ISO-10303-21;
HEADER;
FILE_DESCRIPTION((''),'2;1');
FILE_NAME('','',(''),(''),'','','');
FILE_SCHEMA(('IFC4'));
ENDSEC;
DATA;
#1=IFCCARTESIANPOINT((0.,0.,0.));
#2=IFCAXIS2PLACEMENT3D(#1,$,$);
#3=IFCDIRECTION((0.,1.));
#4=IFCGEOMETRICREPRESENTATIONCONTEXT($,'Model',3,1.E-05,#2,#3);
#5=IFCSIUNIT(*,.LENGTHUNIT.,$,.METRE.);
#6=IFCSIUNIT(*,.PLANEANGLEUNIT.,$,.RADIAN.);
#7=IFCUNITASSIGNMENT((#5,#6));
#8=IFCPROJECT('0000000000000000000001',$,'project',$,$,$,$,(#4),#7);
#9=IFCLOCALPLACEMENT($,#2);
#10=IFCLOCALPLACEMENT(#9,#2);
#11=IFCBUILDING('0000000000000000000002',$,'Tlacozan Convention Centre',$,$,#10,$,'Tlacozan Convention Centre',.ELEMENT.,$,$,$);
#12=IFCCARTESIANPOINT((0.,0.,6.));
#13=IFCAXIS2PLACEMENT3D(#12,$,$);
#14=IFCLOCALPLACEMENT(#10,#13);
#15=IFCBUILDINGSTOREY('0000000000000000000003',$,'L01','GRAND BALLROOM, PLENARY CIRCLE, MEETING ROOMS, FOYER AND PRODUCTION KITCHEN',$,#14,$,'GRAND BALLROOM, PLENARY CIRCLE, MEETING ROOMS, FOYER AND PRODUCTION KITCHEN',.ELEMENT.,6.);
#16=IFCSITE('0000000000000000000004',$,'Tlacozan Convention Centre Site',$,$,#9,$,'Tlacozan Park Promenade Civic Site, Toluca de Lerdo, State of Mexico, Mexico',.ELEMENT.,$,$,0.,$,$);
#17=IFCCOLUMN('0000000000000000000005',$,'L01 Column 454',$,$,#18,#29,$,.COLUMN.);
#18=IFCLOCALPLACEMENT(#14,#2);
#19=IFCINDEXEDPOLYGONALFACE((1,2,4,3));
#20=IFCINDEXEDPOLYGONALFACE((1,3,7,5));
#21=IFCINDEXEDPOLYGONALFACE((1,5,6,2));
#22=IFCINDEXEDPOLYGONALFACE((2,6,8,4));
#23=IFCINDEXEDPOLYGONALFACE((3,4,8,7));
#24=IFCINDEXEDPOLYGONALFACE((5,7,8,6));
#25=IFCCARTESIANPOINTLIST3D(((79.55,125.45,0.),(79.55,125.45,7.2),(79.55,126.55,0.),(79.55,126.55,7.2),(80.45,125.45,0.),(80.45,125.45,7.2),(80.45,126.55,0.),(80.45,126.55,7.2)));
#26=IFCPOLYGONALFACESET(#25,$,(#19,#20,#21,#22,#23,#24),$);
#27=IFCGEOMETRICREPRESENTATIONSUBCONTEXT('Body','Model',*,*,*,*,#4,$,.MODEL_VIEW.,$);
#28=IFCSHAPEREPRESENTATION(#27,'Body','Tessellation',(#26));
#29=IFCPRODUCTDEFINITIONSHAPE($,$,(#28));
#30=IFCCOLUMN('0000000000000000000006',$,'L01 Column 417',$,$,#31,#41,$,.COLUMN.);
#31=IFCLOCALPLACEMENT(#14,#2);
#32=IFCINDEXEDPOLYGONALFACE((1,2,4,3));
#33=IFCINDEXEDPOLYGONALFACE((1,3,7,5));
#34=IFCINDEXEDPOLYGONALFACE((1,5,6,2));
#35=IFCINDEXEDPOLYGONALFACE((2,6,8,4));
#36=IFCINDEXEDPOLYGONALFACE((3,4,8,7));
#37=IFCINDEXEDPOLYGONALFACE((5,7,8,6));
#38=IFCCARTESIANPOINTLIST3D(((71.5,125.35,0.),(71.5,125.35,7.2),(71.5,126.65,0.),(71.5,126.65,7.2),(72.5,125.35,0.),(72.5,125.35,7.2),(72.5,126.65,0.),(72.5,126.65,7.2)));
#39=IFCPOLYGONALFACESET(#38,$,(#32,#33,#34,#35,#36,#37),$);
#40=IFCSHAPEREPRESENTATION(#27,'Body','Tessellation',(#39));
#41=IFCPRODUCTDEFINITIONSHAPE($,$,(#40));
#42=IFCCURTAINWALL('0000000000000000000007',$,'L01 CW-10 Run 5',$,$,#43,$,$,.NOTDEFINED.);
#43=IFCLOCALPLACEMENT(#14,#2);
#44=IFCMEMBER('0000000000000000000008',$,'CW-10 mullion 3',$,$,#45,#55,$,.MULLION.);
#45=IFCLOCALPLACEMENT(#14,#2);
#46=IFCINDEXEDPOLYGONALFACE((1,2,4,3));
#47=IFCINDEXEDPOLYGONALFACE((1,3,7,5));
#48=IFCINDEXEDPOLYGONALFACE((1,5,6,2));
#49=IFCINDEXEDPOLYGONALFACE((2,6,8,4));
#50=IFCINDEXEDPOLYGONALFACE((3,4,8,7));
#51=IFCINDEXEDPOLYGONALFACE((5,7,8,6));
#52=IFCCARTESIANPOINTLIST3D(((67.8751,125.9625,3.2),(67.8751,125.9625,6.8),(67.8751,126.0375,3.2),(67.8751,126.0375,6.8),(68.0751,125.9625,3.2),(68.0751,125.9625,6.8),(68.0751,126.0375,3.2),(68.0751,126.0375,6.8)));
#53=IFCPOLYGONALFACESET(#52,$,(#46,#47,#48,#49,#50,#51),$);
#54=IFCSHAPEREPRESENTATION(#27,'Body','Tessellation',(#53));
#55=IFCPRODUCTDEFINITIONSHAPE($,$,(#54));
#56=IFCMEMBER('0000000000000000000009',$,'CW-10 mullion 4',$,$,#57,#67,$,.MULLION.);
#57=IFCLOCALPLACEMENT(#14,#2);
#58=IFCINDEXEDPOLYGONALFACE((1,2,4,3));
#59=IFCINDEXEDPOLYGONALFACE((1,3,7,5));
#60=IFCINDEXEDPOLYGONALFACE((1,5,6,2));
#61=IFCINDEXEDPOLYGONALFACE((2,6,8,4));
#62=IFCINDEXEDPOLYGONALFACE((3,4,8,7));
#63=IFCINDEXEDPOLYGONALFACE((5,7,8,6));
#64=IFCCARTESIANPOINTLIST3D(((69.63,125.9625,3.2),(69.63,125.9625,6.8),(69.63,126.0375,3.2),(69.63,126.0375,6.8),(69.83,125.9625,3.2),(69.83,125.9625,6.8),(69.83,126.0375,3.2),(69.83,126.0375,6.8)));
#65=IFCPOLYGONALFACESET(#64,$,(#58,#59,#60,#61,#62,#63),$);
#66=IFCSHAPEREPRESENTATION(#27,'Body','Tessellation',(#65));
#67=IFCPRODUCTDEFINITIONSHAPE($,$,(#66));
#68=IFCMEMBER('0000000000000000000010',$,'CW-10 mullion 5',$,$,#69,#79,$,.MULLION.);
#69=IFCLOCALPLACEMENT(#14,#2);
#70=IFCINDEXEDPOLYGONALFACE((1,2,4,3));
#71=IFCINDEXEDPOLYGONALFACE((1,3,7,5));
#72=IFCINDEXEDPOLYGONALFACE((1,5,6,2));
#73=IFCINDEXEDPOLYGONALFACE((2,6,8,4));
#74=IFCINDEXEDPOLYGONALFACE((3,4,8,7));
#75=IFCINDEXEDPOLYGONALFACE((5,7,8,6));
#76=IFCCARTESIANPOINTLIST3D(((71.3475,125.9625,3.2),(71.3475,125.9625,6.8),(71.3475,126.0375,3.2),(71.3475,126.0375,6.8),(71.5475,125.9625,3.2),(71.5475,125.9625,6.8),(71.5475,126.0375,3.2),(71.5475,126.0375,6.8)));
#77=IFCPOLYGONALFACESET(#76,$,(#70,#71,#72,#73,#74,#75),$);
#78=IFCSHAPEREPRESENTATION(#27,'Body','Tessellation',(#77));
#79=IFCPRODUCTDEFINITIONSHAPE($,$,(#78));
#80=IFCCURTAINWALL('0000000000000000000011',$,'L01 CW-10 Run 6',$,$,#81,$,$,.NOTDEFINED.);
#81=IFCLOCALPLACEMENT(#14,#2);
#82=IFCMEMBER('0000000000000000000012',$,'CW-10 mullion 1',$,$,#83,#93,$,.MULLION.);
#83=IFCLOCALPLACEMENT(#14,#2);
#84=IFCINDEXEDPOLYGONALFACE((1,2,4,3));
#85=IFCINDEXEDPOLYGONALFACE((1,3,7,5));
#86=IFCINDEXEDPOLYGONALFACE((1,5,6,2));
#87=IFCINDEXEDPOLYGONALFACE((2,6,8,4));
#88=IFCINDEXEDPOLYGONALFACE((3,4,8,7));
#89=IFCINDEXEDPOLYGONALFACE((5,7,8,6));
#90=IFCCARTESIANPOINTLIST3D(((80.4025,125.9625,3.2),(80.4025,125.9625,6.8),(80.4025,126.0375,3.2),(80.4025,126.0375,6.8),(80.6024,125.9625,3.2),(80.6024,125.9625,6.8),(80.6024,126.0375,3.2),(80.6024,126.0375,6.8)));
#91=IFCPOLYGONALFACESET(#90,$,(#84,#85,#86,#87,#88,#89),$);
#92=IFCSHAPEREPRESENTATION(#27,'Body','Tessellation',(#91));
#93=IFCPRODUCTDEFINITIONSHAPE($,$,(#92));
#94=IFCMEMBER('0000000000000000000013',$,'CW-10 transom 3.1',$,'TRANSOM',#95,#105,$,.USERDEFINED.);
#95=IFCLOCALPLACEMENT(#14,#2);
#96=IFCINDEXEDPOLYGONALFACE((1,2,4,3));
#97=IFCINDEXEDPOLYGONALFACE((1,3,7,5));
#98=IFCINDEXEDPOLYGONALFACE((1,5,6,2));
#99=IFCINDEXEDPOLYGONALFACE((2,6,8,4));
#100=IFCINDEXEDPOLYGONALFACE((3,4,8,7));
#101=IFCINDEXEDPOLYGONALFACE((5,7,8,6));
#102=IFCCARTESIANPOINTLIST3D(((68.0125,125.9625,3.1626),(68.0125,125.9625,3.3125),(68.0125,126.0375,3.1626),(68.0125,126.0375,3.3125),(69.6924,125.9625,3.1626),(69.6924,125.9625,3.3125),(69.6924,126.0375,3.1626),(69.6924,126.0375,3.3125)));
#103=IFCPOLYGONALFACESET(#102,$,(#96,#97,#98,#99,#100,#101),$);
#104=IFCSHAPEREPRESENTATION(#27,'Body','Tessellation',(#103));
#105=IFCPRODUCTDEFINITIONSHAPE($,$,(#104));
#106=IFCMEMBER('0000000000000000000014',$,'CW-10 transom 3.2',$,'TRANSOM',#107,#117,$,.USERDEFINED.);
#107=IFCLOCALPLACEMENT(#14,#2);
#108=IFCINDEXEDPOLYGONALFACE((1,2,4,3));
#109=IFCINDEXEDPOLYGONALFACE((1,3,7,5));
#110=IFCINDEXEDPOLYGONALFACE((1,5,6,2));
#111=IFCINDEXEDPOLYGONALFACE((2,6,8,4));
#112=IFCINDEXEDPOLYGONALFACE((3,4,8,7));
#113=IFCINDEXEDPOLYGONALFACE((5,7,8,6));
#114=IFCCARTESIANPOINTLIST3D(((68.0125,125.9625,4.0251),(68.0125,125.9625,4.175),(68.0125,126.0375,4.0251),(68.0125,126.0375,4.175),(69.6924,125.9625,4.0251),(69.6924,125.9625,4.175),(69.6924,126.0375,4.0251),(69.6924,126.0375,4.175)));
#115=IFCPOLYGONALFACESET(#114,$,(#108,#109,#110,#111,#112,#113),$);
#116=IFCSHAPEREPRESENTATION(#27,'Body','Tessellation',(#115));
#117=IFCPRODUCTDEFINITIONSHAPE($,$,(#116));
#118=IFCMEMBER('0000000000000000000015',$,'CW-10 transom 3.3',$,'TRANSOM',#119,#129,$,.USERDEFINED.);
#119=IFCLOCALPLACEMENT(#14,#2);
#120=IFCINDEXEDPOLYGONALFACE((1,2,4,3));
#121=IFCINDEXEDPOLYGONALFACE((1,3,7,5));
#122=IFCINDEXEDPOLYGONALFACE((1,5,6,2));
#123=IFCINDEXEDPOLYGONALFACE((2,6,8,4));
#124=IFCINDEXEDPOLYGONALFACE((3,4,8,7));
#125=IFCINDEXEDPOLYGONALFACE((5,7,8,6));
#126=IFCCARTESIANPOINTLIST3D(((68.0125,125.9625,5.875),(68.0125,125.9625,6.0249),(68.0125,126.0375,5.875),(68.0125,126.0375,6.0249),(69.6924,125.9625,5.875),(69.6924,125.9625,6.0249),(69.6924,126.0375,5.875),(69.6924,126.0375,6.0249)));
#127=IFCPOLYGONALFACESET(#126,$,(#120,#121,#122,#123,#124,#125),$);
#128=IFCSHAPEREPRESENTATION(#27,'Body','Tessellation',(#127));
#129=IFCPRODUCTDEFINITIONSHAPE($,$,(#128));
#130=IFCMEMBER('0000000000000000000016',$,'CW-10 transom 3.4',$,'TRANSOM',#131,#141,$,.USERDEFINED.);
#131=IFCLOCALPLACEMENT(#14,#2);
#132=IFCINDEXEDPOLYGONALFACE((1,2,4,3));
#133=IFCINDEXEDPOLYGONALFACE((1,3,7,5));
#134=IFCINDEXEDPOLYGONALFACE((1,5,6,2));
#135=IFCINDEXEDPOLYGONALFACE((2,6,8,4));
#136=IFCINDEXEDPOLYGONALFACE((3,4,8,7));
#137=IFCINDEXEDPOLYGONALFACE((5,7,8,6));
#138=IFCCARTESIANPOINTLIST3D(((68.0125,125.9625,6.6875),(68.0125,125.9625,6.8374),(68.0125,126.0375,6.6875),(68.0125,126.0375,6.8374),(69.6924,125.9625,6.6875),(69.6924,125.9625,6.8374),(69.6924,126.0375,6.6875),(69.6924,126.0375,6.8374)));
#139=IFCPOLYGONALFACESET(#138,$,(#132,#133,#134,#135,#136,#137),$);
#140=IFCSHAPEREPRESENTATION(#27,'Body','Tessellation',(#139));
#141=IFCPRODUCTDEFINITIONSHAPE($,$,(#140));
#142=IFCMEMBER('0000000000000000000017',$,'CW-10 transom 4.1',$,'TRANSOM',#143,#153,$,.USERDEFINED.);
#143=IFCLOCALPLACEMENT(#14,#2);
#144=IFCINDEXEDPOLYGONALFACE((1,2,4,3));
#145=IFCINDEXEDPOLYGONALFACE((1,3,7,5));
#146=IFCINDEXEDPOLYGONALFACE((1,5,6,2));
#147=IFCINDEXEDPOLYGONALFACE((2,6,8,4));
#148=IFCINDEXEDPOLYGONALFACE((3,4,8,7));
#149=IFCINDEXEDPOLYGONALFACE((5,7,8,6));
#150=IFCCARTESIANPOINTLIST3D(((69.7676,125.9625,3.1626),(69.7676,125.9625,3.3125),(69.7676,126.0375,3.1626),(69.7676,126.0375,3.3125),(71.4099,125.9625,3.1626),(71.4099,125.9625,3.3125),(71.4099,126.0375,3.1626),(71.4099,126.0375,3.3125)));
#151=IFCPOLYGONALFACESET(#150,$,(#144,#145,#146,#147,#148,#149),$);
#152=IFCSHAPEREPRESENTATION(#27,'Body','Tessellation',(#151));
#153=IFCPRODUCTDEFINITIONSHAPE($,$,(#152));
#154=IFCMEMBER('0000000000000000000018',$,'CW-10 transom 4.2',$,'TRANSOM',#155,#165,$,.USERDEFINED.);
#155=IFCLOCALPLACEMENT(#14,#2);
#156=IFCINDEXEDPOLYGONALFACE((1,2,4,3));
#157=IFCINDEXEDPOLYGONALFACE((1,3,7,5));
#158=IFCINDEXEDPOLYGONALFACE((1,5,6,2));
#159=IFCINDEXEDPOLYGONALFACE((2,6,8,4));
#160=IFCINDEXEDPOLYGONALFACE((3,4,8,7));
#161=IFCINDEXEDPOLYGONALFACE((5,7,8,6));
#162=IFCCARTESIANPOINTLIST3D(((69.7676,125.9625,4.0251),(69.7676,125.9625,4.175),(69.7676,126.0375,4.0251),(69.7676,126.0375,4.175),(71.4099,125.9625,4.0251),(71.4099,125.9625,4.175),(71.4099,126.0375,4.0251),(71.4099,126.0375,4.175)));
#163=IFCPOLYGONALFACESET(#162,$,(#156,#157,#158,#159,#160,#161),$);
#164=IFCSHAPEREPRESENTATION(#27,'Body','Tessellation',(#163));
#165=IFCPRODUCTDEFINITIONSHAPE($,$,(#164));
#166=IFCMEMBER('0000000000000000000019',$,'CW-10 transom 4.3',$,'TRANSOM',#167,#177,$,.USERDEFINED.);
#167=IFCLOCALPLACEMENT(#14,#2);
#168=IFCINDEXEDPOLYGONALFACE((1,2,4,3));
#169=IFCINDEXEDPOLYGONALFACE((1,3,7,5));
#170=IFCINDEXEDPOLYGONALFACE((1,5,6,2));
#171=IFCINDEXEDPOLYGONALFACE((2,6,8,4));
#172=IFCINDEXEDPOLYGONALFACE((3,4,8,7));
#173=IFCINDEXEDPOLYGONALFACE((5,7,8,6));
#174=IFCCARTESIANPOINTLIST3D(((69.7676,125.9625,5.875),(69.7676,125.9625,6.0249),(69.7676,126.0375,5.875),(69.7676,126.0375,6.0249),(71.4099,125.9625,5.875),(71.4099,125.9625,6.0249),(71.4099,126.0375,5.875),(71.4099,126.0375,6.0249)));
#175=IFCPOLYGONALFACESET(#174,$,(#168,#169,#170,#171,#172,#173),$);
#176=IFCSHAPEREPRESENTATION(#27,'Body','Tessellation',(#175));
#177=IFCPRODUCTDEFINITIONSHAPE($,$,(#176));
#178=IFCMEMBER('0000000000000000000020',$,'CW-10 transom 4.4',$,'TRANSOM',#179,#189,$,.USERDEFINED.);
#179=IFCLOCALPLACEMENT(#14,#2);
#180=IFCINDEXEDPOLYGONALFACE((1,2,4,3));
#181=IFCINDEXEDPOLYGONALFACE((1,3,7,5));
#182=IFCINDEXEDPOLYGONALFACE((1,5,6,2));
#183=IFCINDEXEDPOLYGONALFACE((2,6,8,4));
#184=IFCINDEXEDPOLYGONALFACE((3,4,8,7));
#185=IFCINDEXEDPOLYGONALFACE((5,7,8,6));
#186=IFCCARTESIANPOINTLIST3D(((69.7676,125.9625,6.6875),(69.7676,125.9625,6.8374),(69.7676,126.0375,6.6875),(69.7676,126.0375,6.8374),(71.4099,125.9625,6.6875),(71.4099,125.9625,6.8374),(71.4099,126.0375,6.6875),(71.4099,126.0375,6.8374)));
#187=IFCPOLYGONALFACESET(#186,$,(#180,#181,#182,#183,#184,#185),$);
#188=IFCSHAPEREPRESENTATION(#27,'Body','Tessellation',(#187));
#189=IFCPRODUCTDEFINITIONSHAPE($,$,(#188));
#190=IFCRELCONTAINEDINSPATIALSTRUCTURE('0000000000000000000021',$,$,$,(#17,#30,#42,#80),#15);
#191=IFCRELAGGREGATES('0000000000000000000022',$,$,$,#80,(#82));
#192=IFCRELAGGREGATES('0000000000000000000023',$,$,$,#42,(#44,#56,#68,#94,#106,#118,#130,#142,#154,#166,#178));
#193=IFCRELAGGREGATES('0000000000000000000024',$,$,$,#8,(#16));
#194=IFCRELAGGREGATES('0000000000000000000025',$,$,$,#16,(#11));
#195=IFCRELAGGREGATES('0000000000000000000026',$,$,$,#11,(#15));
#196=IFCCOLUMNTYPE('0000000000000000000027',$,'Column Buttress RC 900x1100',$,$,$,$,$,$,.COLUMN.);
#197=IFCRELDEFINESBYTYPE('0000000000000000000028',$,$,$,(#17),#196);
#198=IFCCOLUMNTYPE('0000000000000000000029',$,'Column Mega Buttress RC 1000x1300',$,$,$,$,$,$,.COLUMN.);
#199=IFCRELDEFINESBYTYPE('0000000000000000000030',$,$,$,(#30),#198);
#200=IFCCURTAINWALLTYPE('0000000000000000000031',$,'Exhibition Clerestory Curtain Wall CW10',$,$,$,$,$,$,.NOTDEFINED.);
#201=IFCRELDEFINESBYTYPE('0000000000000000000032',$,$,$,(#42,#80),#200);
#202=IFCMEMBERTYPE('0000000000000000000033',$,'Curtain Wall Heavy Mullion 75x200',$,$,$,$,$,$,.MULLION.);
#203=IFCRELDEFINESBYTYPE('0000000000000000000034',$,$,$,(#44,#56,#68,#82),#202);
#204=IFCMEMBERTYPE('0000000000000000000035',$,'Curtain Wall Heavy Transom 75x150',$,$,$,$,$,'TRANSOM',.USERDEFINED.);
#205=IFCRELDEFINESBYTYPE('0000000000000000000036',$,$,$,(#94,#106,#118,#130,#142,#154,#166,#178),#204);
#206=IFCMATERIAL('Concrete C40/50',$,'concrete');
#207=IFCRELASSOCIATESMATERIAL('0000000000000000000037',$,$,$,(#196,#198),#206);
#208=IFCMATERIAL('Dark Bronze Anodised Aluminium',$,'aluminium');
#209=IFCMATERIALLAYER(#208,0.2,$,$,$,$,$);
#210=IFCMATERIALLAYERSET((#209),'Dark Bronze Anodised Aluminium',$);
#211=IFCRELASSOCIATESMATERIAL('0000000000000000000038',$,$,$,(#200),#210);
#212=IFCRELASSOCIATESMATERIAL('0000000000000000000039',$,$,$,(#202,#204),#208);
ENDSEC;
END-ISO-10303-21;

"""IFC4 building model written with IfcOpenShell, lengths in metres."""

from ifc_helpers import new_model, si_unit, direction, frame, origin, origin_2d, place, context, subcontext, project, spatial, rectangle, extrude, material, layer, layer_set, material_profile, profile_set, type_object, element, aggregate, save


model = new_model("IFC4")

# Units and contexts
model_context = context("Model", 3, precision=1e-05, world=origin(), true_north=direction((0.0, 1.0)))
body_context = subcontext(model_context, "Body", "Model", "MODEL_VIEW")
ifc_project = project(units=[si_unit("LENGTHUNIT", "METRE"), si_unit("PLANEANGLEUNIT", "RADIAN")], contexts=[model_context])

# Site, building, storey
site_placement = place(None, origin())
site = spatial("IfcSite", under=ifc_project, at=site_placement, Name="Tlacozan Convention Centre Site", LongName="Tlacozan Park Promenade Civic Site, Toluca de Lerdo, State of Mexico, Mexico", CompositionType="ELEMENT", RefElevation=0.0)
building_placement = place(site_placement, origin())
building = spatial("IfcBuilding", under=site, at=building_placement, Name="Tlacozan Convention Centre", LongName="Tlacozan Convention Centre", CompositionType="ELEMENT")
storey_placement = place(building_placement, frame((0.0, 0.0, 6.0)))
storey = spatial("IfcBuildingStorey", under=building, at=storey_placement, Name="L01", Description="GRAND BALLROOM, PLENARY CIRCLE, MEETING ROOMS, FOYER AND PRODUCTION KITCHEN", LongName="GRAND BALLROOM, PLENARY CIRCLE, MEETING ROOMS, FOYER AND PRODUCTION KITCHEN", CompositionType="ELEMENT", Elevation=6.0)

# Columns
ifc_material_1 = material(Name="Concrete C40/50", Category="concrete")
ifc_material_profile_1 = material_profile(ifc_material_1, rectangle(XDim=0.8999, YDim=1.1001, at=origin_2d()), Name="RC 900x1100")
ifc_profile_set_1 = profile_set([ifc_material_profile_1], Name="Concrete C40/50")
column_type_1 = type_object("IfcColumnType", Name="Column Buttress RC 900x1100", PredefinedType="COLUMN", material=ifc_profile_set_1)
column_1_placement = place(storey_placement, frame((80.0, 126.0, 0.0), z_axis=(0.0, 0.0, 1.0), x_axis=(1.0, 0.0, 0.0)))
element("IfcColumn", 1, at=column_1_placement, inside=storey, type_object=column_type_1, Name="L01 Column 454", PredefinedType="COLUMN", context=body_context, shape_type="SweptSolid", body=[
    extrude(rectangle(XDim=0.8999, YDim=1.1001, at=origin_2d()), origin(), (0.0, 0.0, 1.0), 7.2),
])
ifc_material_profile_2 = material_profile(ifc_material_1, rectangle(XDim=1.0, YDim=1.3, at=origin_2d()), Name="RC 1000x1300")
ifc_profile_set_2 = profile_set([ifc_material_profile_2], Name="Concrete C40/50")
column_type_2 = type_object("IfcColumnType", Name="Column Mega Buttress RC 1000x1300", PredefinedType="COLUMN", material=ifc_profile_set_2)
column_2_placement = place(storey_placement, frame((72.0, 126.0, 0.0), z_axis=(0.0, 0.0, 1.0), x_axis=(1.0, 0.0, 0.0)))
element("IfcColumn", 2, at=column_2_placement, inside=storey, type_object=column_type_2, Name="L01 Column 417", PredefinedType="COLUMN", context=body_context, shape_type="SweptSolid", body=[
    extrude(rectangle(XDim=1.0, YDim=1.3, at=origin_2d()), origin(), (0.0, 0.0, 1.0), 7.2),
])

# Curtain wall, members
ifc_material_2 = material(Name="Dark Bronze Anodised Aluminium", Category="aluminium")
ifc_layer_1 = layer(ifc_material_2, 0.2)
ifc_layer_set_1 = layer_set([ifc_layer_1], Name="Dark Bronze Anodised Aluminium")
curtain_wall_type = type_object("IfcCurtainWallType", Name="Exhibition Clerestory Curtain Wall CW10", PredefinedType="NOTDEFINED", material=ifc_layer_set_1)
curtain_wall_1_placement = place(storey_placement, origin())
curtain_wall_1 = element("IfcCurtainWall", 3, at=curtain_wall_1_placement, inside=storey, type_object=curtain_wall_type, Name="L01 CW-10 Run 5", PredefinedType="NOTDEFINED")
ifc_material_profile_3 = material_profile(ifc_material_2, rectangle(XDim=0.075, YDim=0.2, at=origin_2d()), Name="ALU 75x200")
ifc_profile_set_3 = profile_set([ifc_material_profile_3], Name="Dark Bronze Anodised Aluminium")
member_type_1 = type_object("IfcMemberType", Name="Curtain Wall Heavy Mullion 75x200", PredefinedType="MULLION", material=ifc_profile_set_3)
member_1_placement = place(storey_placement, frame((67.9751, 126.0, 3.2), z_axis=(0.0, 0.0, 1.0), x_axis=(0.0, 1.0, 0.0)))
member_1 = element("IfcMember", 4, at=member_1_placement, type_object=member_type_1, Name="CW-10 mullion 3", PredefinedType="MULLION", context=body_context, shape_type="SweptSolid", body=[
    extrude(rectangle(XDim=0.075, YDim=0.2, at=origin_2d()), origin(), (0.0, 0.0, 1.0), 3.6001),
])
member_2_placement = place(storey_placement, frame((69.73, 126.0, 3.2), z_axis=(0.0, 0.0, 1.0), x_axis=(0.0, 1.0, 0.0)))
member_2 = element("IfcMember", 5, at=member_2_placement, type_object=member_type_1, Name="CW-10 mullion 4", PredefinedType="MULLION", context=body_context, shape_type="SweptSolid", body=[
    extrude(rectangle(XDim=0.075, YDim=0.2, at=origin_2d()), origin(), (0.0, 0.0, 1.0), 3.6001),
])
member_3_placement = place(storey_placement, frame((71.4475, 126.0, 3.2), z_axis=(0.0, 0.0, 1.0), x_axis=(0.0, 1.0, 0.0)))
member_3 = element("IfcMember", 6, at=member_3_placement, type_object=member_type_1, Name="CW-10 mullion 5", PredefinedType="MULLION", context=body_context, shape_type="SweptSolid", body=[
    extrude(rectangle(XDim=0.075, YDim=0.2, at=origin_2d()), origin(), (0.0, 0.0, 1.0), 3.6001),
])

# Curtain wall, member
curtain_wall_2_placement = place(storey_placement, origin())
curtain_wall_2 = element("IfcCurtainWall", 7, at=curtain_wall_2_placement, inside=storey, type_object=curtain_wall_type, Name="L01 CW-10 Run 6", PredefinedType="NOTDEFINED")
member_4_placement = place(storey_placement, frame((80.5024, 126.0, 3.2), z_axis=(0.0, 0.0, 1.0), x_axis=(0.0, 1.0, 0.0)))
member_4 = element("IfcMember", 8, at=member_4_placement, type_object=member_type_1, Name="CW-10 mullion 1", PredefinedType="MULLION", context=body_context, shape_type="SweptSolid", body=[
    extrude(rectangle(XDim=0.075, YDim=0.2, at=origin_2d()), origin(), (0.0, 0.0, 1.0), 3.6001),
])
aggregate(curtain_wall_2, [member_4])

# Members
ifc_material_profile_4 = material_profile(ifc_material_2, rectangle(XDim=0.075, YDim=0.1499, at=origin_2d()), Name="ALU 75x150")
ifc_profile_set_4 = profile_set([ifc_material_profile_4], Name="Dark Bronze Anodised Aluminium")
member_type_2 = type_object("IfcMemberType", Name="Curtain Wall Heavy Transom 75x150", ElementType="TRANSOM", PredefinedType="USERDEFINED", material=ifc_profile_set_4)
member_5_placement = place(storey_placement, frame((68.0125, 126.0, 3.2375), z_axis=(1.0, 0.0, 0.0), x_axis=(0.0, 1.0, 0.0)))
member_5 = element("IfcMember", 9, at=member_5_placement, type_object=member_type_2, Name="CW-10 transom 3.1", ObjectType="TRANSOM", PredefinedType="USERDEFINED", context=body_context, shape_type="SweptSolid", body=[
    extrude(rectangle(XDim=0.075, YDim=0.1499, at=origin_2d()), origin(), (0.0, 0.0, 1.0), 1.6799),
])
member_6_placement = place(storey_placement, frame((68.0125, 126.0, 4.1001), z_axis=(1.0, 0.0, 0.0), x_axis=(0.0, 1.0, 0.0)))
member_6 = element("IfcMember", 10, at=member_6_placement, type_object=member_type_2, Name="CW-10 transom 3.2", ObjectType="TRANSOM", PredefinedType="USERDEFINED", context=body_context, shape_type="SweptSolid", body=[
    extrude(rectangle(XDim=0.075, YDim=0.1499, at=origin_2d()), origin(), (0.0, 0.0, 1.0), 1.6799),
])
member_7_placement = place(storey_placement, frame((68.0125, 126.0, 5.95), z_axis=(1.0, 0.0, 0.0), x_axis=(0.0, 1.0, 0.0)))
member_7 = element("IfcMember", 11, at=member_7_placement, type_object=member_type_2, Name="CW-10 transom 3.3", ObjectType="TRANSOM", PredefinedType="USERDEFINED", context=body_context, shape_type="SweptSolid", body=[
    extrude(rectangle(XDim=0.075, YDim=0.1499, at=origin_2d()), origin(), (0.0, 0.0, 1.0), 1.6799),
])
member_8_placement = place(storey_placement, frame((68.0125, 126.0, 6.7625), z_axis=(1.0, 0.0, 0.0), x_axis=(0.0, 1.0, 0.0)))
member_8 = element("IfcMember", 12, at=member_8_placement, type_object=member_type_2, Name="CW-10 transom 3.4", ObjectType="TRANSOM", PredefinedType="USERDEFINED", context=body_context, shape_type="SweptSolid", body=[
    extrude(rectangle(XDim=0.075, YDim=0.1499, at=origin_2d()), origin(), (0.0, 0.0, 1.0), 1.6799),
])
member_9_placement = place(storey_placement, frame((69.7676, 126.0, 3.2375), z_axis=(1.0, 0.0, 0.0), x_axis=(0.0, 1.0, 0.0)))
member_9 = element("IfcMember", 13, at=member_9_placement, type_object=member_type_2, Name="CW-10 transom 4.1", ObjectType="TRANSOM", PredefinedType="USERDEFINED", context=body_context, shape_type="SweptSolid", body=[
    extrude(rectangle(XDim=0.075, YDim=0.1499, at=origin_2d()), origin(), (0.0, 0.0, 1.0), 1.6423),
])
member_10_placement = place(storey_placement, frame((69.7676, 126.0, 4.1001), z_axis=(1.0, 0.0, 0.0), x_axis=(0.0, 1.0, 0.0)))
member_10 = element("IfcMember", 14, at=member_10_placement, type_object=member_type_2, Name="CW-10 transom 4.2", ObjectType="TRANSOM", PredefinedType="USERDEFINED", context=body_context, shape_type="SweptSolid", body=[
    extrude(rectangle(XDim=0.075, YDim=0.1499, at=origin_2d()), origin(), (0.0, 0.0, 1.0), 1.6423),
])
member_11_placement = place(storey_placement, frame((69.7676, 126.0, 5.95), z_axis=(1.0, 0.0, 0.0), x_axis=(0.0, 1.0, 0.0)))
member_11 = element("IfcMember", 15, at=member_11_placement, type_object=member_type_2, Name="CW-10 transom 4.3", ObjectType="TRANSOM", PredefinedType="USERDEFINED", context=body_context, shape_type="SweptSolid", body=[
    extrude(rectangle(XDim=0.075, YDim=0.1499, at=origin_2d()), origin(), (0.0, 0.0, 1.0), 1.6423),
])
member_12_placement = place(storey_placement, frame((69.7676, 126.0, 6.7625), z_axis=(1.0, 0.0, 0.0), x_axis=(0.0, 1.0, 0.0)))
member_12 = element("IfcMember", 16, at=member_12_placement, type_object=member_type_2, Name="CW-10 transom 4.4", ObjectType="TRANSOM", PredefinedType="USERDEFINED", context=body_context, shape_type="SweptSolid", body=[
    extrude(rectangle(XDim=0.075, YDim=0.1499, at=origin_2d()), origin(), (0.0, 0.0, 1.0), 1.6423),
])

aggregate(curtain_wall_1, [member_1, member_2, member_3, member_5, member_6, member_7, member_8, member_9, member_10, member_11, member_12])

save(model, "model.ifc")
